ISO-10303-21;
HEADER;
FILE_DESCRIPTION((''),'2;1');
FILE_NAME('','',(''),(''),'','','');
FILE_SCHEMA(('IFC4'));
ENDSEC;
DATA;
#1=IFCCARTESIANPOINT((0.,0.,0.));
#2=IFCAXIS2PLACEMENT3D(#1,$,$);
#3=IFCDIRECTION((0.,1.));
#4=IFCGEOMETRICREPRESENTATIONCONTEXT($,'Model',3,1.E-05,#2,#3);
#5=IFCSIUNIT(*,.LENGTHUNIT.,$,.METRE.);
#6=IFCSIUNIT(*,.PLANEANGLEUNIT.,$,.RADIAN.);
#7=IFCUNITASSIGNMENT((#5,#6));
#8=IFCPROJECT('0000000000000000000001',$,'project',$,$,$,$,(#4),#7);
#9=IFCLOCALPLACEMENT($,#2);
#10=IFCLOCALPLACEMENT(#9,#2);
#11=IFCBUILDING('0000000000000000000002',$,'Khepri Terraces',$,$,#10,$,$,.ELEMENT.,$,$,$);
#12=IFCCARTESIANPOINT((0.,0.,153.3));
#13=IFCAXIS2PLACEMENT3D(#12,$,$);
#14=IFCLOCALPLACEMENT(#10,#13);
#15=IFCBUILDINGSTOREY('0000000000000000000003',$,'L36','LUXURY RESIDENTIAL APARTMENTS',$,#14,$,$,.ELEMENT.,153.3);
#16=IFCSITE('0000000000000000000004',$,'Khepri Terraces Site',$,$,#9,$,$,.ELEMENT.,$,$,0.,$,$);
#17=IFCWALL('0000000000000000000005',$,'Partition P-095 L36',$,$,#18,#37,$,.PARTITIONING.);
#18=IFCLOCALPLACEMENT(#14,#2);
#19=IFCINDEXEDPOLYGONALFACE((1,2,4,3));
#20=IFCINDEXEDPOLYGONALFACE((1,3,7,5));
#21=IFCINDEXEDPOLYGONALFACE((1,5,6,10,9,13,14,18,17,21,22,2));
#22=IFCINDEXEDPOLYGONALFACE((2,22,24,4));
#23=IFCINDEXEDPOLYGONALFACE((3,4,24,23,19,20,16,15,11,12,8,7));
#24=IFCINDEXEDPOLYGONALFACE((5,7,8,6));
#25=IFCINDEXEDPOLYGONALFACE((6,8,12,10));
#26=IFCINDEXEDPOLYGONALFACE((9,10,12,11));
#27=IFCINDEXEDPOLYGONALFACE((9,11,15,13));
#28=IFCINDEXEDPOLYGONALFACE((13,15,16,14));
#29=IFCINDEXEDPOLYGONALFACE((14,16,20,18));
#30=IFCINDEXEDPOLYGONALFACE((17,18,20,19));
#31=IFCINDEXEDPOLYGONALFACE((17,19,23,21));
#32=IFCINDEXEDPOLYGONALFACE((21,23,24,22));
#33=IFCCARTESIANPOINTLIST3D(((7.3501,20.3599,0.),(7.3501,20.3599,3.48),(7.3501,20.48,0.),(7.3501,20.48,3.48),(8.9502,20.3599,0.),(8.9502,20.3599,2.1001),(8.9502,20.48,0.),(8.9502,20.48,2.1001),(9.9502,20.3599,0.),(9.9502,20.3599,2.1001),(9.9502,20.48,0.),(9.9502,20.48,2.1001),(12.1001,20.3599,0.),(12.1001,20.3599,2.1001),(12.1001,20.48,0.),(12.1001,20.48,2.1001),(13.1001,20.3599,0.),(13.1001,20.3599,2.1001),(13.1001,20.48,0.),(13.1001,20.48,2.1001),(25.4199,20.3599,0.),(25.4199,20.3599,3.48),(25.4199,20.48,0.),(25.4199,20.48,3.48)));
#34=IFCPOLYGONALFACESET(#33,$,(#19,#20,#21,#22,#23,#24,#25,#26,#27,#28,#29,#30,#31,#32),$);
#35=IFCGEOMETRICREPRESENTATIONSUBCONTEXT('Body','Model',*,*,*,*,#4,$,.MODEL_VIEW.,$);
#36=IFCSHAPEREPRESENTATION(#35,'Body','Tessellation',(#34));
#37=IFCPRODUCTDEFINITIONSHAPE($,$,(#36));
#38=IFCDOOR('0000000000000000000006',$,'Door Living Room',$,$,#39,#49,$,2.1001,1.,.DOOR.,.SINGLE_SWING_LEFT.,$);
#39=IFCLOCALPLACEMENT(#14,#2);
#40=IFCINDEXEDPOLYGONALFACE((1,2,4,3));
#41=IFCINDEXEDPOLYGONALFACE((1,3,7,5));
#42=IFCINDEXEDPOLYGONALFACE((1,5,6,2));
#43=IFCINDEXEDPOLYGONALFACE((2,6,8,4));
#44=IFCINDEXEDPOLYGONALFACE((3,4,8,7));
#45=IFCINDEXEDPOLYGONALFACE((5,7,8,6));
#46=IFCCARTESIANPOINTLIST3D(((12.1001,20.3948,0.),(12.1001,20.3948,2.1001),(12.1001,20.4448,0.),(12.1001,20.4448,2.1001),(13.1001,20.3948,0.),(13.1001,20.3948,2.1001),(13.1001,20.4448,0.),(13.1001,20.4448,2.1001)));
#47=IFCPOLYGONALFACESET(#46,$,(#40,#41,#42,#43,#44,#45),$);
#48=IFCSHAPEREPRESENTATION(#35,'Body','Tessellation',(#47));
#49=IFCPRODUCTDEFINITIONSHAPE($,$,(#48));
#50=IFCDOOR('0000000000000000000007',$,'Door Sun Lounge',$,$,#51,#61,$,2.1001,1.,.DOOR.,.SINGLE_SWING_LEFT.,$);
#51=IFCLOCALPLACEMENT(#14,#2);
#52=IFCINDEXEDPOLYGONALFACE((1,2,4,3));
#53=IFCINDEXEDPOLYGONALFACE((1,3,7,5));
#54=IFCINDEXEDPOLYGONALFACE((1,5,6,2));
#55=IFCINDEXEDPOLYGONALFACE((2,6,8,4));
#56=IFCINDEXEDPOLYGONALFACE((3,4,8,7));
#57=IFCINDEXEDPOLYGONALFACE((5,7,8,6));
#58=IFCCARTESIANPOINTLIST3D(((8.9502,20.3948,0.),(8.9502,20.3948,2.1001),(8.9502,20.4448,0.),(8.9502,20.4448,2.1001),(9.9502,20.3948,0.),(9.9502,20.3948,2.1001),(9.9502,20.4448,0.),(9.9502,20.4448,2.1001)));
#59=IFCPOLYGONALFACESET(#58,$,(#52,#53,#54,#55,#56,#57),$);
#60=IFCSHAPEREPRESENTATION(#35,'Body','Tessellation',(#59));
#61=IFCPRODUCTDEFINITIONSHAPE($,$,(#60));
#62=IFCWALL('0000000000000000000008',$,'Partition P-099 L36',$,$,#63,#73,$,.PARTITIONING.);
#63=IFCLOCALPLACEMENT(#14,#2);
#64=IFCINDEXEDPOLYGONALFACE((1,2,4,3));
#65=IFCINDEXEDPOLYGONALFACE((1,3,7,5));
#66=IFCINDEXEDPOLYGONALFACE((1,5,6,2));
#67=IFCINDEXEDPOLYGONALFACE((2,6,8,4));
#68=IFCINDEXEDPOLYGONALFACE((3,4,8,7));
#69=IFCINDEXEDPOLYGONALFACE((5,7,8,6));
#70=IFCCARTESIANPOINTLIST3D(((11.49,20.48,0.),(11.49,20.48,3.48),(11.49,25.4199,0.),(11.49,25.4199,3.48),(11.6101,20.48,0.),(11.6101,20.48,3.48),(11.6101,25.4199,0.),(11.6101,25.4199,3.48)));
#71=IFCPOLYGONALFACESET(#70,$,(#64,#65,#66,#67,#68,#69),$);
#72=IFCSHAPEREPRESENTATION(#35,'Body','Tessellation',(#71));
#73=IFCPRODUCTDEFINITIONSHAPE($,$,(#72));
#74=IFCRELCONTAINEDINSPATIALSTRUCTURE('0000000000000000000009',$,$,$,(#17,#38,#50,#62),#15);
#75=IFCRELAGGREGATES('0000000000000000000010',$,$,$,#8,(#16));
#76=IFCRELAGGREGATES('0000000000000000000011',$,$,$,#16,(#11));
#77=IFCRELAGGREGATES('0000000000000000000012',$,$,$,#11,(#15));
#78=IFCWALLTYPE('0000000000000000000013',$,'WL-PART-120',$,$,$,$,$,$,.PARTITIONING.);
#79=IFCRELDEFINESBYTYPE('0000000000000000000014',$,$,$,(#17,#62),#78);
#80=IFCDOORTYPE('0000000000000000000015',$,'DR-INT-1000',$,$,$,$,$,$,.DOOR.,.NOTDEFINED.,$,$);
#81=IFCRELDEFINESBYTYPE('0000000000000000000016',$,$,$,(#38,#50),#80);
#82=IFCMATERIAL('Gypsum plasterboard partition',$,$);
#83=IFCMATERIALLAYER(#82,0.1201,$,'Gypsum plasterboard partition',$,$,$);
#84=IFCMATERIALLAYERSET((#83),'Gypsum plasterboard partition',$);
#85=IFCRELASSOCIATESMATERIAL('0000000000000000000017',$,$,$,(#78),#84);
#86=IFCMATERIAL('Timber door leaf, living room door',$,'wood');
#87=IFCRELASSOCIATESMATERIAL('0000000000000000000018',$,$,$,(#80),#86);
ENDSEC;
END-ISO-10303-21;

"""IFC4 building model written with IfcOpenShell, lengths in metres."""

from ifc_helpers import new_model, si_unit, direction, frame, frame_2d, origin, place, context, subcontext, project, spatial, rectangle, extrude, material, layer, layer_set, type_object, element, fill, save


model = new_model("IFC4")

# Units and contexts
model_context = context("Model", 3, precision=1e-05, world=origin(), true_north=direction((0.0, 1.0)))
body_context = subcontext(model_context, "Body", "Model", "MODEL_VIEW")
ifc_project = project(units=[si_unit("LENGTHUNIT", "METRE"), si_unit("PLANEANGLEUNIT", "RADIAN")], contexts=[model_context])

# Site, building, storey
site_placement = place(None, origin())
site = spatial("IfcSite", under=ifc_project, at=site_placement, Name="Khepri Terraces Site", CompositionType="ELEMENT", RefElevation=0.0)
building_placement = place(site_placement, origin())
building = spatial("IfcBuilding", under=site, at=building_placement, Name="Khepri Terraces", CompositionType="ELEMENT")
storey_placement = place(building_placement, frame((0.0, 0.0, 153.3)))
storey = spatial("IfcBuildingStorey", under=building, at=storey_placement, Name="L36", Description="LUXURY RESIDENTIAL APARTMENTS", CompositionType="ELEMENT", Elevation=153.3)

# Shared definitions
ifc_material_1 = material(Name="Gypsum plasterboard partition")
ifc_layer_1 = layer(ifc_material_1, 0.1201, Name="Gypsum plasterboard partition")
ifc_layer_set_1 = layer_set([ifc_layer_1], Name="Gypsum plasterboard partition")
wall_type_1 = type_object("IfcWallType", Name="WL-PART-120", PredefinedType="PARTITIONING", material=ifc_layer_set_1)

# Wall, openings, doors
wall_1_placement = place(storey_placement, frame((7.3501, 20.4199, 0.0), z_axis=(0.0, 0.0, 1.0), x_axis=(1.0, 0.0, 0.0)))
wall_1 = element("IfcWall", 1, at=wall_1_placement, inside=storey, type_object=wall_type_1, Name="Partition P-095 L36", PredefinedType="PARTITIONING", context=body_context, shape_type="SweptSolid", body=[
    extrude(rectangle(XDim=18.0698, YDim=0.1201, at=frame_2d((9.0349, 0.0))), origin(), (0.0, 0.0, 1.0), 3.48),
])
opening_1_placement = place(wall_1_placement, frame((4.75, 0.0, 0.0)))
opening_1 = element("IfcOpeningElement", 2, at=opening_1_placement, cuts=wall_1, PredefinedType="OPENING", context=body_context, shape_type="SweptSolid", body=[
    extrude(rectangle(XDim=1.0, YDim=2.1001, at=frame_2d((0.5, 1.05))), frame((0.0, 0.0701, 0.0), z_axis=(0.0, -1.0, 0.0), x_axis=(1.0, 0.0, 0.0)), (0.0, 0.0, 1.0), 0.1401),
])
opening_2_placement = place(wall_1_placement, frame((1.6001, 0.0, 0.0)))
opening_2 = element("IfcOpeningElement", 3, at=opening_2_placement, cuts=wall_1, PredefinedType="OPENING", context=body_context, shape_type="SweptSolid", body=[
    extrude(rectangle(XDim=1.0, YDim=2.1001, at=frame_2d((0.5, 1.05))), frame((0.0, 0.0701, 0.0), z_axis=(0.0, -1.0, 0.0), x_axis=(1.0, 0.0, 0.0)), (0.0, 0.0, 1.0), 0.1401),
])
ifc_material_2 = material(Name="Timber door leaf, living room door", Category="wood")
door_type_1 = type_object("IfcDoorType", Name="DR-INT-1000", OperationType="NOTDEFINED", PredefinedType="DOOR", material=ifc_material_2)
door_1_placement = place(opening_1_placement, origin())
door_1 = element("IfcDoor", 4, at=door_1_placement, inside=storey, type_object=door_type_1, Name="Door Living Room", OperationType="SINGLE_SWING_LEFT", OverallHeight=2.1001, OverallWidth=1.0, PredefinedType="DOOR", context=body_context, shape_type="SweptSolid", body=[
    extrude(rectangle(XDim=1.0, YDim=2.1001, at=frame_2d((0.5, 1.05))), frame((0.0, 0.0249, 0.0), z_axis=(0.0, -1.0, 0.0), x_axis=(1.0, 0.0, 0.0)), (0.0, 0.0, 1.0), 0.05),
])
fill(opening_1, door_1)
door_2_placement = place(opening_2_placement, origin())
door_2 = element("IfcDoor", 5, at=door_2_placement, inside=storey, type_object=door_type_1, Name="Door Sun Lounge", OperationType="SINGLE_SWING_LEFT", OverallHeight=2.1001, OverallWidth=1.0, PredefinedType="DOOR", context=body_context, shape_type="SweptSolid", body=[
    extrude(rectangle(XDim=1.0, YDim=2.1001, at=frame_2d((0.5, 1.05))), frame((0.0, 0.0249, 0.0), z_axis=(0.0, -1.0, 0.0), x_axis=(1.0, 0.0, 0.0)), (0.0, 0.0, 1.0), 0.05),
])
fill(opening_2, door_2)

# Wall
wall_2_placement = place(storey_placement, frame((11.55, 20.48, 0.0), z_axis=(0.0, 0.0, 1.0), x_axis=(0.0, 1.0, 0.0)))
element("IfcWall", 6, at=wall_2_placement, inside=storey, type_object=wall_type_1, Name="Partition P-099 L36", PredefinedType="PARTITIONING", context=body_context, shape_type="SweptSolid", body=[
    extrude(rectangle(XDim=4.9399, YDim=0.1201, at=frame_2d((2.47, 0.0))), origin(), (0.0, 0.0, 1.0), 3.48),
])

save(model, "model.ifc")
